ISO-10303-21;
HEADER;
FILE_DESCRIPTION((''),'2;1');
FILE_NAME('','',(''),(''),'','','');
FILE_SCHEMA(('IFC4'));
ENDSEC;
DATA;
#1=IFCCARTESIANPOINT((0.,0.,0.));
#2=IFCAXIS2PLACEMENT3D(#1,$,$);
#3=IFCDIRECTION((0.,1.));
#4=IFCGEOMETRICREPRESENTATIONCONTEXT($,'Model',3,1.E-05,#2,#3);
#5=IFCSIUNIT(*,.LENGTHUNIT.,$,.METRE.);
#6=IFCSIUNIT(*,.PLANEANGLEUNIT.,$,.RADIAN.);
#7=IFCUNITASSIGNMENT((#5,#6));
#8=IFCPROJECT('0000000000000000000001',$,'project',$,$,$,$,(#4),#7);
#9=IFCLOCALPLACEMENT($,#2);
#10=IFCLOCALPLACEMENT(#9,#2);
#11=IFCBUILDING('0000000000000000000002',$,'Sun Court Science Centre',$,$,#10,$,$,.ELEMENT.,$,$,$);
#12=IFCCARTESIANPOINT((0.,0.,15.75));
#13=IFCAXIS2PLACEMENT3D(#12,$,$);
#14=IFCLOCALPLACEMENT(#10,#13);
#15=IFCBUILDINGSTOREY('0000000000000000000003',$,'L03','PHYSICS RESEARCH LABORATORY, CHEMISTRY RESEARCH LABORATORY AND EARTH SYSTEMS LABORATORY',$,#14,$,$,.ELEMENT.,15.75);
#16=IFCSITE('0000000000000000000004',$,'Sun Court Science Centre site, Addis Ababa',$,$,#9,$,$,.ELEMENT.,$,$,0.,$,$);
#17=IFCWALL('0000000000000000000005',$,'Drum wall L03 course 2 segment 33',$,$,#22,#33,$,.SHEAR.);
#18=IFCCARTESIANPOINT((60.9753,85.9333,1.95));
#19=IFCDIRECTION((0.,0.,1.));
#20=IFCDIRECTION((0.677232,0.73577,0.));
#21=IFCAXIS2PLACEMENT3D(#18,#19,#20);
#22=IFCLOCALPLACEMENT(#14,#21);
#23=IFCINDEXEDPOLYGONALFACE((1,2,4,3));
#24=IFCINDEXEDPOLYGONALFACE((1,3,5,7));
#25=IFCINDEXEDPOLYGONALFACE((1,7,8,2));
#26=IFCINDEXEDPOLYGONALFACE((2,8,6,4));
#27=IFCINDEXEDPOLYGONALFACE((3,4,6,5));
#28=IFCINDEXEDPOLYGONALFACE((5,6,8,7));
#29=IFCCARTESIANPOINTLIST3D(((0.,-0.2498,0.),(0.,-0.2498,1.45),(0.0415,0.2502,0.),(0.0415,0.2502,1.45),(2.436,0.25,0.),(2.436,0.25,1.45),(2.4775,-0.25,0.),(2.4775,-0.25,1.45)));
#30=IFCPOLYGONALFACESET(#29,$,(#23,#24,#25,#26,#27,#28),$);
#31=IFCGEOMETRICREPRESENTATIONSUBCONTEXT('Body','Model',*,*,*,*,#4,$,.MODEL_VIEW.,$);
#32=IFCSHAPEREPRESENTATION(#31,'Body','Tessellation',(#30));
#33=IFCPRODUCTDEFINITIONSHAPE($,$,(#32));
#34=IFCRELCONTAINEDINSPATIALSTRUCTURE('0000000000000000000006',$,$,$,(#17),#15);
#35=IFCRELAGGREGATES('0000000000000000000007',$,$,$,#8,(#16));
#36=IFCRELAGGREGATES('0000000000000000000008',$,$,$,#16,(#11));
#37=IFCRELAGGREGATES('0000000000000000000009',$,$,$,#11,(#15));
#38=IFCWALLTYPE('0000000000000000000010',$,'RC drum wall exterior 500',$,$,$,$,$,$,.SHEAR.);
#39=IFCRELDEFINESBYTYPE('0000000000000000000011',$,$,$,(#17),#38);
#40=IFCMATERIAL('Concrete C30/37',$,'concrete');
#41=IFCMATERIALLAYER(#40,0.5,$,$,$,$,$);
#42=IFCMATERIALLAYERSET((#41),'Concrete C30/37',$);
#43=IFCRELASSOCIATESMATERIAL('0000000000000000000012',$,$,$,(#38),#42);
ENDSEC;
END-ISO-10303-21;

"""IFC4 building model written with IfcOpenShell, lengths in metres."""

from ifc_helpers import new_model, si_unit, direction, frame, origin, place, context, subcontext, project, spatial, polyline, outline, extrude, material, layer, layer_set, type_object, element, save


model = new_model("IFC4")

# Units and contexts
model_context = context("Model", 3, precision=1e-05, world=origin(), true_north=direction((0.0, 1.0)))
body_context = subcontext(model_context, "Body", "Model", "MODEL_VIEW")
ifc_project = project(units=[si_unit("LENGTHUNIT", "METRE"), si_unit("PLANEANGLEUNIT", "RADIAN")], contexts=[model_context])

# Site, building, storey
site_placement = place(None, origin())
site = spatial("IfcSite", under=ifc_project, at=site_placement, Name="Sun Court Science Centre site, Addis Ababa", CompositionType="ELEMENT", RefElevation=0.0)
building_placement = place(site_placement, origin())
building = spatial("IfcBuilding", under=site, at=building_placement, Name="Sun Court Science Centre", CompositionType="ELEMENT")
storey_placement = place(building_placement, frame((0.0, 0.0, 15.75)))
storey = spatial("IfcBuildingStorey", under=building, at=storey_placement, Name="L03", Description="PHYSICS RESEARCH LABORATORY, CHEMISTRY RESEARCH LABORATORY AND EARTH SYSTEMS LABORATORY", CompositionType="ELEMENT", Elevation=15.75)

# Shared definitions
ifc_material_1 = material(Name="Concrete C30/37", Category="concrete")
ifc_layer_1 = layer(ifc_material_1, 0.5)
ifc_layer_set_1 = layer_set([ifc_layer_1], Name="Concrete C30/37")
wall_type_1 = type_object("IfcWallType", Name="RC drum wall exterior 500", PredefinedType="SHEAR", material=ifc_layer_set_1)

# Wall
wall_1_placement = place(storey_placement, frame((60.9753, 85.9333, 1.95), z_axis=(0.0, 0.0, 1.0), x_axis=(0.677232, 0.73577, 0.0)))
element("IfcWall", 1, at=wall_1_placement, inside=storey, type_object=wall_type_1, Name="Drum wall L03 course 2 segment 33", PredefinedType="SHEAR", context=body_context, shape_type="SweptSolid", body=[
    extrude(outline(polyline([(0.0, -0.2498), (2.4775, -0.25), (2.436, 0.25), (0.0415, 0.2502), (0.0, -0.2498)])), origin(), (0.0, 0.0, 1.0), 1.45),
])

save(model, "model.ifc")
